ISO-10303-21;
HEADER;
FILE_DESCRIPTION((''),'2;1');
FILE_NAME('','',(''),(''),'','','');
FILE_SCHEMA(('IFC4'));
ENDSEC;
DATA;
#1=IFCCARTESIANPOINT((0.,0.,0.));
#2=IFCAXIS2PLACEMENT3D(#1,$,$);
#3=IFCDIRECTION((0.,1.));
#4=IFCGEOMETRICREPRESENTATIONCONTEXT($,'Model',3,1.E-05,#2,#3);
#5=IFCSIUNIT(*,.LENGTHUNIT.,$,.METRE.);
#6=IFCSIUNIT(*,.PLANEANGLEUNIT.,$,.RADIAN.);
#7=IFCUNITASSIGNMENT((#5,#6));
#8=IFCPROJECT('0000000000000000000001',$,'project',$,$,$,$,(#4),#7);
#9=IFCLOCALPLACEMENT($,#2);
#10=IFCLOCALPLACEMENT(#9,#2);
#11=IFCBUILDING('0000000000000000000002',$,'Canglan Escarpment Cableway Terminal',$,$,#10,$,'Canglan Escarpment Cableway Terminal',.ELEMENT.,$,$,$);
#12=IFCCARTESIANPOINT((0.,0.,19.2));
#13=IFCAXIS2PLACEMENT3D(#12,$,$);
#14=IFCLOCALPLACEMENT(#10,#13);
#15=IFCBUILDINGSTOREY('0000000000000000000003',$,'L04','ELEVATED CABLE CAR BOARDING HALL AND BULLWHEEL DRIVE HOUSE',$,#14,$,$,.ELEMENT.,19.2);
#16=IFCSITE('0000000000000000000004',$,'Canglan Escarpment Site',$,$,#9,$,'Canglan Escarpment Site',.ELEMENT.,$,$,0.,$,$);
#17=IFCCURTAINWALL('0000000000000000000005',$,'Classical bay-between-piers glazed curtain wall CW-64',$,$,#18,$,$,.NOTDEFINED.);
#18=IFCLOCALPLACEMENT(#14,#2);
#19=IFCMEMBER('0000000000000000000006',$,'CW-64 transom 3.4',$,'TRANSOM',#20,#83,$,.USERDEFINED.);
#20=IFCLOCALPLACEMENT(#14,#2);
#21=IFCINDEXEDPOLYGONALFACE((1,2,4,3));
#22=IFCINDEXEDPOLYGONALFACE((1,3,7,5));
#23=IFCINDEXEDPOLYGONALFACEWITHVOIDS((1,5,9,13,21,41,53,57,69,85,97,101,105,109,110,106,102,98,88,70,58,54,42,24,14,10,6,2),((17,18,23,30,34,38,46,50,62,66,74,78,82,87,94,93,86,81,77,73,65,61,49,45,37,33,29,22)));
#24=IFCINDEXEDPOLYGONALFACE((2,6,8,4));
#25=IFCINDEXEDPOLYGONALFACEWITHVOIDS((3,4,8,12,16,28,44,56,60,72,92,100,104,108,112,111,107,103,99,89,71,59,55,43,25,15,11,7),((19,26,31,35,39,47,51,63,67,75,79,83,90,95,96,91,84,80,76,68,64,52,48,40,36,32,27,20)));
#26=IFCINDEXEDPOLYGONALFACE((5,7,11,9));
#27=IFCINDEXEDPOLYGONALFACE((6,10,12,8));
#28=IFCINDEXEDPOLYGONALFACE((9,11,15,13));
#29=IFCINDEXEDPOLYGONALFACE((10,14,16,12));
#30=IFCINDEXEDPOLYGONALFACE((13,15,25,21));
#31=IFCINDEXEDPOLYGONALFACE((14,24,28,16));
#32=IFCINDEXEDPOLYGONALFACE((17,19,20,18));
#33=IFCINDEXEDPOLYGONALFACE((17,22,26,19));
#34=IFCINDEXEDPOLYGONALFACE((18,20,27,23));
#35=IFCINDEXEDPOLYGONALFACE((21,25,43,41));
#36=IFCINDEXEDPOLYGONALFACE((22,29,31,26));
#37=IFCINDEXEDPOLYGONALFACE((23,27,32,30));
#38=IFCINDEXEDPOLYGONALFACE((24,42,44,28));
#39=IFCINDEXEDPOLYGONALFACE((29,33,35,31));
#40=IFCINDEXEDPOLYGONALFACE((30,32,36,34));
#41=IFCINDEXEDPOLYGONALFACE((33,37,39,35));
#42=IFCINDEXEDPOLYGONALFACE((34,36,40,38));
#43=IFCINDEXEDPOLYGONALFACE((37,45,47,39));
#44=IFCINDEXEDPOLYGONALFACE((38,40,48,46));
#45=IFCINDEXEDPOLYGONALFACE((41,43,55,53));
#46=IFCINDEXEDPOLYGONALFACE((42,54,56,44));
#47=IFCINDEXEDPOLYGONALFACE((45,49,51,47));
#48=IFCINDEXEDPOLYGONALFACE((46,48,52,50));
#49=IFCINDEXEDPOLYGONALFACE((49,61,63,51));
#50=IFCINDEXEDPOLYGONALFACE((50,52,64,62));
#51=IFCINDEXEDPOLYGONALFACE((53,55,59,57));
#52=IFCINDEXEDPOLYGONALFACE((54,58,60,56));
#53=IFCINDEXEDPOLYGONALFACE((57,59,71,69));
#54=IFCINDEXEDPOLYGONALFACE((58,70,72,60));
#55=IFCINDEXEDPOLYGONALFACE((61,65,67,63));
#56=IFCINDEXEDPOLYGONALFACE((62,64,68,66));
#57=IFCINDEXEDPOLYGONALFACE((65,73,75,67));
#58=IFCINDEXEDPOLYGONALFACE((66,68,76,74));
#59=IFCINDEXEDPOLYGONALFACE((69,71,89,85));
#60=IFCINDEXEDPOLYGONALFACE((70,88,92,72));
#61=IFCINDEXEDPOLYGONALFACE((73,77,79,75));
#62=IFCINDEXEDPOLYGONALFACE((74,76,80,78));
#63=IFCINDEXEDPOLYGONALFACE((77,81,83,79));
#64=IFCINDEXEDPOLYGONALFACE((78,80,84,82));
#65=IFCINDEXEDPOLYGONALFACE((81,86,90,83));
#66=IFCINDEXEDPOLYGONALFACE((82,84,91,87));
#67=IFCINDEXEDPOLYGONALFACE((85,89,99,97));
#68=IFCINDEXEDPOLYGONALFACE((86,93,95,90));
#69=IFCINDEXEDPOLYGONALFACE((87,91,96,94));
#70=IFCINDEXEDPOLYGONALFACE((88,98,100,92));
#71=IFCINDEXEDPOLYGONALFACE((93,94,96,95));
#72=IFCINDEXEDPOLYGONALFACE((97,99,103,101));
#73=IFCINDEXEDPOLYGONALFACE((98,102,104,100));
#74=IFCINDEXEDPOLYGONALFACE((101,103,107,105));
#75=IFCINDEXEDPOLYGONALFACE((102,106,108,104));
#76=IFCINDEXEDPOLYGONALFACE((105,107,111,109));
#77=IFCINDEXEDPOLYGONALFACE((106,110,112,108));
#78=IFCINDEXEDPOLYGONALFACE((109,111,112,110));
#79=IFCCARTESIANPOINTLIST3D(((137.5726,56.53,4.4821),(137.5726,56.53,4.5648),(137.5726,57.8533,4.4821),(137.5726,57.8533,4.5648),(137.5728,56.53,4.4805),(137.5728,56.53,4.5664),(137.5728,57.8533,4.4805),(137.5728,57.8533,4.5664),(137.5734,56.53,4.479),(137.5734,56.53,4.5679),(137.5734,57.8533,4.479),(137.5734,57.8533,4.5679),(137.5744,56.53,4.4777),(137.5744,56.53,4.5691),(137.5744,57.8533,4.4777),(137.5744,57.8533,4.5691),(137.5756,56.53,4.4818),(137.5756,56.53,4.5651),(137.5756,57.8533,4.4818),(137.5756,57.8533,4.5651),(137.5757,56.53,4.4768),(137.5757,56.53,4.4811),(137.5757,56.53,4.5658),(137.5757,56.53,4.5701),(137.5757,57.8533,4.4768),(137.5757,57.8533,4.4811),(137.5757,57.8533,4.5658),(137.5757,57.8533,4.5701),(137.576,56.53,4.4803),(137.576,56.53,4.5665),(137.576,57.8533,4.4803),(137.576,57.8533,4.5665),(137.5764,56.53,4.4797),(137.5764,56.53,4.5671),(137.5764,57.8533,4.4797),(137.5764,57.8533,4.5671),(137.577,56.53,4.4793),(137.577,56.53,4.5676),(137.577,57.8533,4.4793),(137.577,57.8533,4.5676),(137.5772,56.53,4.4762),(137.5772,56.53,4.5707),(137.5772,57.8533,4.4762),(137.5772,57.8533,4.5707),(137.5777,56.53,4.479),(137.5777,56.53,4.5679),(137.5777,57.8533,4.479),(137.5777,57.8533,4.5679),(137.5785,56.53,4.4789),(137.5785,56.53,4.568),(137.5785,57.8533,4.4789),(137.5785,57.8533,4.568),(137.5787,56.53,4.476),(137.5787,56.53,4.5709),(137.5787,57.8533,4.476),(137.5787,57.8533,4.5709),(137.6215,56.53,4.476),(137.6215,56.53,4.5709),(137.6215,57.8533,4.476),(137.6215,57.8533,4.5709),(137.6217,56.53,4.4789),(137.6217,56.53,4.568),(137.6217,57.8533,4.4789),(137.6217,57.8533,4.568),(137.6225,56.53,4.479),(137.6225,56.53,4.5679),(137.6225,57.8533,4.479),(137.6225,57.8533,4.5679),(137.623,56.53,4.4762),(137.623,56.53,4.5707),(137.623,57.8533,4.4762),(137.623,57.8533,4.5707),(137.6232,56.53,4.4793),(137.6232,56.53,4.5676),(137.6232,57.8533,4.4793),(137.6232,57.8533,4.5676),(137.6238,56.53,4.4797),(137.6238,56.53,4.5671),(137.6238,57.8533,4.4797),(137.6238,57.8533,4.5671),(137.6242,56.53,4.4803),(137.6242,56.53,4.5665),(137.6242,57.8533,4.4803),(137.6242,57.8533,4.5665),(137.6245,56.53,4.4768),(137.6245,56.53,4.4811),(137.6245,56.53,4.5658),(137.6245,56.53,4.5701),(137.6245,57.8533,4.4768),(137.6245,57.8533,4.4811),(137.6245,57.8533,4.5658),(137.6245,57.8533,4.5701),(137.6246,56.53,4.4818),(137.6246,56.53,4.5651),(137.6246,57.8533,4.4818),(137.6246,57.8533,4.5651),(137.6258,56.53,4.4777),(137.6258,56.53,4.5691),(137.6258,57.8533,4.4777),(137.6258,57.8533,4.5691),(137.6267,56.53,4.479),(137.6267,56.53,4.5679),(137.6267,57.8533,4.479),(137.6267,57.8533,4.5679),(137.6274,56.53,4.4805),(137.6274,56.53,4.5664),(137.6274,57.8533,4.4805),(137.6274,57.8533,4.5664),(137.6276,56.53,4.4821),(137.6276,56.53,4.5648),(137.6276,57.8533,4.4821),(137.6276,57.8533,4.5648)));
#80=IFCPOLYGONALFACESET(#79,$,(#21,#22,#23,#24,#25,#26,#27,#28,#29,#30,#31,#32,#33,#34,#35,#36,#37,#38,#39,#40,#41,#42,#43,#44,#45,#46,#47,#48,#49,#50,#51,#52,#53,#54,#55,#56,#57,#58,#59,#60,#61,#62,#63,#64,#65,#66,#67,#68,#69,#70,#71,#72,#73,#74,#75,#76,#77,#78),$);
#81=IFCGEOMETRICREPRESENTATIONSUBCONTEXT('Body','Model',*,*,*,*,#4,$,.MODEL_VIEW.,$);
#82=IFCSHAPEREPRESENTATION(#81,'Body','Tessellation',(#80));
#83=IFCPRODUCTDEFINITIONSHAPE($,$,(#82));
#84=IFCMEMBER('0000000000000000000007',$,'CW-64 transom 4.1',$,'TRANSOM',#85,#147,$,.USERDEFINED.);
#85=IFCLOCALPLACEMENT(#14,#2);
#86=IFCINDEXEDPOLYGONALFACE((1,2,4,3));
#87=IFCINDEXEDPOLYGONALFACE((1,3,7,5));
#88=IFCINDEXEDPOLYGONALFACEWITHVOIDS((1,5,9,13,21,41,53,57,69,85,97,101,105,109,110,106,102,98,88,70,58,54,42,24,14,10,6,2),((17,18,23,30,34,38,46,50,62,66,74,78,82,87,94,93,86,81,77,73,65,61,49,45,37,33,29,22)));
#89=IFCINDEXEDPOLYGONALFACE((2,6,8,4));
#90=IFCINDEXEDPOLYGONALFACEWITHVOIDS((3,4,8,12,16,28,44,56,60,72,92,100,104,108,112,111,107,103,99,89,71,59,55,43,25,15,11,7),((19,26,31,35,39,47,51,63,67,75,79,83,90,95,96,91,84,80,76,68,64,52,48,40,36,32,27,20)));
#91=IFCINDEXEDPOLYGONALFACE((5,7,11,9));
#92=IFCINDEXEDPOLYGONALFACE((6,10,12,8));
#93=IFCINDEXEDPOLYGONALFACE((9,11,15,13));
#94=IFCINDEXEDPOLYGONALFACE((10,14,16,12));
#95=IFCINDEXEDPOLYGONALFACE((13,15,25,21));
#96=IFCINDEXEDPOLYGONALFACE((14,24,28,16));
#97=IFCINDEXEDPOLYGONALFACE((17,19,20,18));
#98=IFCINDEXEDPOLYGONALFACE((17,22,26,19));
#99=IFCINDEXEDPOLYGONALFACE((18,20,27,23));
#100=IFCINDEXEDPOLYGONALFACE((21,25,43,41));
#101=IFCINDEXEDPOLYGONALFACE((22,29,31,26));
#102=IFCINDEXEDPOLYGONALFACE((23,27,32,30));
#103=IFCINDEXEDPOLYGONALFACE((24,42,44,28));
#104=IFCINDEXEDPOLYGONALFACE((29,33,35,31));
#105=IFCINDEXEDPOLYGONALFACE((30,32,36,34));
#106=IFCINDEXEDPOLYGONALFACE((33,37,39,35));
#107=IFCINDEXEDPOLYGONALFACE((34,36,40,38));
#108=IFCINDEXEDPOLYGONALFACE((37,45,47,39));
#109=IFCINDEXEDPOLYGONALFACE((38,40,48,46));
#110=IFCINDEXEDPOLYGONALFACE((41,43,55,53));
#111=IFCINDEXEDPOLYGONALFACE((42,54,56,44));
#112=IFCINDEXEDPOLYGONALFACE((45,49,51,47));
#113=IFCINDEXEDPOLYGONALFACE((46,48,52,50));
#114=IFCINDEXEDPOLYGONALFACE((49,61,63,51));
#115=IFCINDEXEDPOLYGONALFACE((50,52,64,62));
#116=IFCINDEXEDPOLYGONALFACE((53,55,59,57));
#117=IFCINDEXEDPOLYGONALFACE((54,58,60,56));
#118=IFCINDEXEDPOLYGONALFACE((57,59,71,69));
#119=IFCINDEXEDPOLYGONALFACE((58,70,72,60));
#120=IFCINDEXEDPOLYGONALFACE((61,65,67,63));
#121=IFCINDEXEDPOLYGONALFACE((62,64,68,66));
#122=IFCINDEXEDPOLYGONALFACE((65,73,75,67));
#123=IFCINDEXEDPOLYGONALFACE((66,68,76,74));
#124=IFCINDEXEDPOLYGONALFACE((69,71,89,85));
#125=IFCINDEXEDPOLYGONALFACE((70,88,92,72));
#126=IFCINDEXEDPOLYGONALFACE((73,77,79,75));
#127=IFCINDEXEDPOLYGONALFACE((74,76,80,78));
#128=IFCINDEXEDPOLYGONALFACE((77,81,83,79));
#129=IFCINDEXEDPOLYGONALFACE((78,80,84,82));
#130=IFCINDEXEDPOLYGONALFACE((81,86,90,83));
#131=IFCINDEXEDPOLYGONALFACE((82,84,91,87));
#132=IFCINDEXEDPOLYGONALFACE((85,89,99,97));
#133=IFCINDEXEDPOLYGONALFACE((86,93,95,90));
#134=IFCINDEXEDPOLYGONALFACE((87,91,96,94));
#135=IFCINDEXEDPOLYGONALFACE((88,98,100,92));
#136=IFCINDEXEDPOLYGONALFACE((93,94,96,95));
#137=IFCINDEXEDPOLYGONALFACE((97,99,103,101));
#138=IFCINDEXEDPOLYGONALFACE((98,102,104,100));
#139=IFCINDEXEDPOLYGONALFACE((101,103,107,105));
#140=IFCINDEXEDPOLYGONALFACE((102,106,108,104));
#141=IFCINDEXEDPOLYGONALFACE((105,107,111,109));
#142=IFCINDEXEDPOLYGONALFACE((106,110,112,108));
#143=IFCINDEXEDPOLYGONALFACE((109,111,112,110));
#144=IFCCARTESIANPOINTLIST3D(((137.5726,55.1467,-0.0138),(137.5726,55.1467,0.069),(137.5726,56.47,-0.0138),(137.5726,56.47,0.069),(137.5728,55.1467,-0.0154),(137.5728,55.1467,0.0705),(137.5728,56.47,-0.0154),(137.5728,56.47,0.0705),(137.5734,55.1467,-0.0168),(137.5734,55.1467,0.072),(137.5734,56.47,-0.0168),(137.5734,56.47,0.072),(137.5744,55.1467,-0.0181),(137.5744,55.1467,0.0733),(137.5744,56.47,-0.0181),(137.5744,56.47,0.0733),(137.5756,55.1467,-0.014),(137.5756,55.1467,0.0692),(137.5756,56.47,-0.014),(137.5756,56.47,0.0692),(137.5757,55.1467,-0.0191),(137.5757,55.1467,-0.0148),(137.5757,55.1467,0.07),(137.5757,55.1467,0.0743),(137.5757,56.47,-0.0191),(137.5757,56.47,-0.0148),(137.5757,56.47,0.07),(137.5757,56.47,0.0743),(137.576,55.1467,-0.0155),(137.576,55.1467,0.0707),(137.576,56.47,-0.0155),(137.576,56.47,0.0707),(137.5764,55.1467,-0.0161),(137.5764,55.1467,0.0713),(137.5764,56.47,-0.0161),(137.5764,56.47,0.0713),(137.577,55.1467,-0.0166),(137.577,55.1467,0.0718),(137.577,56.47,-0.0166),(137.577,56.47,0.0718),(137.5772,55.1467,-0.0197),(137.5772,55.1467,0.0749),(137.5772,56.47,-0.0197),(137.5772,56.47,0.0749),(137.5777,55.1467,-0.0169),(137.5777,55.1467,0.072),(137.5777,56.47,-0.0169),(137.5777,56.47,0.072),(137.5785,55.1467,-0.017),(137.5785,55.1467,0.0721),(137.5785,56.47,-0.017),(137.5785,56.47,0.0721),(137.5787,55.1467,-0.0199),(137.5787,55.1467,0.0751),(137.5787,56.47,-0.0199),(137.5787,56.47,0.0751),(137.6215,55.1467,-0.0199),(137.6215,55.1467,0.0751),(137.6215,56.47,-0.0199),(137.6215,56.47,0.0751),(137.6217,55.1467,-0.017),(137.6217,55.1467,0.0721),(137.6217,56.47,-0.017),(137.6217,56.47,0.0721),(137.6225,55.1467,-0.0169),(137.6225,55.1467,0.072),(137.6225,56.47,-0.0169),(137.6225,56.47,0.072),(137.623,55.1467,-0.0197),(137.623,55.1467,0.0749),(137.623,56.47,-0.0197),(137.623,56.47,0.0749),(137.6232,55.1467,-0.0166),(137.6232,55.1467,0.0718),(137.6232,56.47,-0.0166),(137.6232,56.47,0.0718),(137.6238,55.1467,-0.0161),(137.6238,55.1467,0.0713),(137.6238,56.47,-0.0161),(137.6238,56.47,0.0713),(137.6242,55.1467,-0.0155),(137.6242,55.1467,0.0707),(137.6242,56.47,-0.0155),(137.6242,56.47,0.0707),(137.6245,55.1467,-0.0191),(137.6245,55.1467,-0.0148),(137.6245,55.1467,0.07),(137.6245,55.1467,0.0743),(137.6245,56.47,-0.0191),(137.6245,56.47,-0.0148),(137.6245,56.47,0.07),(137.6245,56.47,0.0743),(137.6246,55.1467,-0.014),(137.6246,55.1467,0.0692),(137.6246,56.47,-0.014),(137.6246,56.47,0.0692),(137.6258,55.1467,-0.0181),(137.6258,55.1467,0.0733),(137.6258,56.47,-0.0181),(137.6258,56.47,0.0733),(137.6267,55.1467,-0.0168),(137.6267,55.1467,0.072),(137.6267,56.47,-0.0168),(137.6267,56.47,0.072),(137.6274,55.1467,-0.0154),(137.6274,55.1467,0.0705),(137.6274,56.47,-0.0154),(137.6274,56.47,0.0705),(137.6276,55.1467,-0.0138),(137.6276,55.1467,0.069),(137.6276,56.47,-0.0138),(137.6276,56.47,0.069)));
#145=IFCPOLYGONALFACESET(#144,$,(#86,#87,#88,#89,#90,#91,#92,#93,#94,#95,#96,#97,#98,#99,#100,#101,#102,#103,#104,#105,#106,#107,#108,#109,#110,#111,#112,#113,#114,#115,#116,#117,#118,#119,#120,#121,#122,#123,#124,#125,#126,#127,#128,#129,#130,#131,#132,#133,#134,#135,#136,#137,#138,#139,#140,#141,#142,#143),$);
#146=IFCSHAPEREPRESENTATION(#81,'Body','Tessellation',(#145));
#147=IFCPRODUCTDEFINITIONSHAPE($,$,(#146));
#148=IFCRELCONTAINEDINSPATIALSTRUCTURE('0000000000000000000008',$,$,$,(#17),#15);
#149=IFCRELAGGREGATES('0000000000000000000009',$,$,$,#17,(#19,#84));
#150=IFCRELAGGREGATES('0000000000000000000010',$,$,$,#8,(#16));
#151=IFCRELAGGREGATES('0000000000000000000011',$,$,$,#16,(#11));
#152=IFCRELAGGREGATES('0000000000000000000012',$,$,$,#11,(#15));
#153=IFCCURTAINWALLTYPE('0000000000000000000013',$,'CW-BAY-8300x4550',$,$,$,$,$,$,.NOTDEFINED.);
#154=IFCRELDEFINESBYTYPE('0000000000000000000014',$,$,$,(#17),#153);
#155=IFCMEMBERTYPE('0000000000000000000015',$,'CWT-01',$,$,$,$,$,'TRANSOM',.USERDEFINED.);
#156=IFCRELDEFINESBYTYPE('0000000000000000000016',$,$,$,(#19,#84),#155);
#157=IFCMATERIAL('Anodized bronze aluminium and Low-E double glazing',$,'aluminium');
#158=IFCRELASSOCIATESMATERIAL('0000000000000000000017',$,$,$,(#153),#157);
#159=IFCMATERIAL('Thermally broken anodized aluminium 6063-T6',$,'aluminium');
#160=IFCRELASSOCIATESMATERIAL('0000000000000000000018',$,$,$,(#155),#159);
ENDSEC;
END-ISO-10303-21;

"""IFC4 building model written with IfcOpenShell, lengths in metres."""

from ifc_helpers import new_model, si_unit, direction, frame, origin, origin_2d, place, context, subcontext, project, spatial, hollow_rectangle, extrude, material, material_profile, profile_set, type_object, element, aggregate, save


model = new_model("IFC4")

# Units and contexts
model_context = context("Model", 3, precision=1e-05, world=origin(), true_north=direction((0.0, 1.0)))
body_context = subcontext(model_context, "Body", "Model", "MODEL_VIEW")
ifc_project = project(units=[si_unit("LENGTHUNIT", "METRE"), si_unit("PLANEANGLEUNIT", "RADIAN")], contexts=[model_context])

# Site, building, storey
site_placement = place(None, origin())
site = spatial("IfcSite", under=ifc_project, at=site_placement, Name="Canglan Escarpment Site", LongName="Canglan Escarpment Site", CompositionType="ELEMENT", RefElevation=0.0)
building_placement = place(site_placement, origin())
building = spatial("IfcBuilding", under=site, at=building_placement, Name="Canglan Escarpment Cableway Terminal", LongName="Canglan Escarpment Cableway Terminal", CompositionType="ELEMENT")
storey_placement = place(building_placement, frame((0.0, 0.0, 19.2)))
storey = spatial("IfcBuildingStorey", under=building, at=storey_placement, Name="L04", Description="ELEVATED CABLE CAR BOARDING HALL AND BULLWHEEL DRIVE HOUSE", CompositionType="ELEMENT", Elevation=19.2)

# Curtain wall, members
ifc_material_1 = material(Name="Anodized bronze aluminium and Low-E double glazing", Category="aluminium")
curtain_wall_type = type_object("IfcCurtainWallType", Name="CW-BAY-8300x4550", PredefinedType="NOTDEFINED", material=ifc_material_1)
curtain_wall_placement = place(storey_placement, origin())
curtain_wall = element("IfcCurtainWall", 1, at=curtain_wall_placement, inside=storey, type_object=curtain_wall_type, Name="Classical bay-between-piers glazed curtain wall CW-64", PredefinedType="NOTDEFINED")
ifc_material_2 = material(Name="Thermally broken anodized aluminium 6063-T6", Category="aluminium")
ifc_material_profile_1 = material_profile(ifc_material_2, hollow_rectangle(XDim=0.0549, YDim=0.095, WallThickness=0.0029, InnerFilletRadius=0.0029, OuterFilletRadius=0.0061, at=origin_2d()), Name="ALU-TRAN 55x95x3")
ifc_profile_set_1 = profile_set([ifc_material_profile_1], Name="Thermally broken anodized aluminium 6063-T6")
member_type_1 = type_object("IfcMemberType", Name="CWT-01", ElementType="TRANSOM", PredefinedType="USERDEFINED", material=ifc_profile_set_1)
member_1_placement = place(storey_placement, frame((137.6001, 57.8533, 4.5234), z_axis=(0.0, -1.0, 0.0), x_axis=(1.0, 0.0, 0.0)))
member_1 = element("IfcMember", 2, at=member_1_placement, type_object=member_type_1, Name="CW-64 transom 3.4", ObjectType="TRANSOM", PredefinedType="USERDEFINED", context=body_context, shape_type="SweptSolid", body=[
    extrude(hollow_rectangle(XDim=0.0549, YDim=0.095, WallThickness=0.0029, InnerFilletRadius=0.0029, OuterFilletRadius=0.0061, at=origin_2d()), origin(), (0.0, 0.0, 1.0), 1.3232),
])
member_2_placement = place(storey_placement, frame((137.6001, 56.47, 0.0276), z_axis=(0.0, -1.0, 0.0), x_axis=(1.0, 0.0, 0.0)))
member_2 = element("IfcMember", 3, at=member_2_placement, type_object=member_type_1, Name="CW-64 transom 4.1", ObjectType="TRANSOM", PredefinedType="USERDEFINED", context=body_context, shape_type="SweptSolid", body=[
    extrude(hollow_rectangle(XDim=0.0549, YDim=0.095, WallThickness=0.0029, InnerFilletRadius=0.0029, OuterFilletRadius=0.0061, at=origin_2d()), origin(), (0.0, 0.0, 1.0), 1.3232),
])
aggregate(curtain_wall, [member_1, member_2])

save(model, "model.ifc")
